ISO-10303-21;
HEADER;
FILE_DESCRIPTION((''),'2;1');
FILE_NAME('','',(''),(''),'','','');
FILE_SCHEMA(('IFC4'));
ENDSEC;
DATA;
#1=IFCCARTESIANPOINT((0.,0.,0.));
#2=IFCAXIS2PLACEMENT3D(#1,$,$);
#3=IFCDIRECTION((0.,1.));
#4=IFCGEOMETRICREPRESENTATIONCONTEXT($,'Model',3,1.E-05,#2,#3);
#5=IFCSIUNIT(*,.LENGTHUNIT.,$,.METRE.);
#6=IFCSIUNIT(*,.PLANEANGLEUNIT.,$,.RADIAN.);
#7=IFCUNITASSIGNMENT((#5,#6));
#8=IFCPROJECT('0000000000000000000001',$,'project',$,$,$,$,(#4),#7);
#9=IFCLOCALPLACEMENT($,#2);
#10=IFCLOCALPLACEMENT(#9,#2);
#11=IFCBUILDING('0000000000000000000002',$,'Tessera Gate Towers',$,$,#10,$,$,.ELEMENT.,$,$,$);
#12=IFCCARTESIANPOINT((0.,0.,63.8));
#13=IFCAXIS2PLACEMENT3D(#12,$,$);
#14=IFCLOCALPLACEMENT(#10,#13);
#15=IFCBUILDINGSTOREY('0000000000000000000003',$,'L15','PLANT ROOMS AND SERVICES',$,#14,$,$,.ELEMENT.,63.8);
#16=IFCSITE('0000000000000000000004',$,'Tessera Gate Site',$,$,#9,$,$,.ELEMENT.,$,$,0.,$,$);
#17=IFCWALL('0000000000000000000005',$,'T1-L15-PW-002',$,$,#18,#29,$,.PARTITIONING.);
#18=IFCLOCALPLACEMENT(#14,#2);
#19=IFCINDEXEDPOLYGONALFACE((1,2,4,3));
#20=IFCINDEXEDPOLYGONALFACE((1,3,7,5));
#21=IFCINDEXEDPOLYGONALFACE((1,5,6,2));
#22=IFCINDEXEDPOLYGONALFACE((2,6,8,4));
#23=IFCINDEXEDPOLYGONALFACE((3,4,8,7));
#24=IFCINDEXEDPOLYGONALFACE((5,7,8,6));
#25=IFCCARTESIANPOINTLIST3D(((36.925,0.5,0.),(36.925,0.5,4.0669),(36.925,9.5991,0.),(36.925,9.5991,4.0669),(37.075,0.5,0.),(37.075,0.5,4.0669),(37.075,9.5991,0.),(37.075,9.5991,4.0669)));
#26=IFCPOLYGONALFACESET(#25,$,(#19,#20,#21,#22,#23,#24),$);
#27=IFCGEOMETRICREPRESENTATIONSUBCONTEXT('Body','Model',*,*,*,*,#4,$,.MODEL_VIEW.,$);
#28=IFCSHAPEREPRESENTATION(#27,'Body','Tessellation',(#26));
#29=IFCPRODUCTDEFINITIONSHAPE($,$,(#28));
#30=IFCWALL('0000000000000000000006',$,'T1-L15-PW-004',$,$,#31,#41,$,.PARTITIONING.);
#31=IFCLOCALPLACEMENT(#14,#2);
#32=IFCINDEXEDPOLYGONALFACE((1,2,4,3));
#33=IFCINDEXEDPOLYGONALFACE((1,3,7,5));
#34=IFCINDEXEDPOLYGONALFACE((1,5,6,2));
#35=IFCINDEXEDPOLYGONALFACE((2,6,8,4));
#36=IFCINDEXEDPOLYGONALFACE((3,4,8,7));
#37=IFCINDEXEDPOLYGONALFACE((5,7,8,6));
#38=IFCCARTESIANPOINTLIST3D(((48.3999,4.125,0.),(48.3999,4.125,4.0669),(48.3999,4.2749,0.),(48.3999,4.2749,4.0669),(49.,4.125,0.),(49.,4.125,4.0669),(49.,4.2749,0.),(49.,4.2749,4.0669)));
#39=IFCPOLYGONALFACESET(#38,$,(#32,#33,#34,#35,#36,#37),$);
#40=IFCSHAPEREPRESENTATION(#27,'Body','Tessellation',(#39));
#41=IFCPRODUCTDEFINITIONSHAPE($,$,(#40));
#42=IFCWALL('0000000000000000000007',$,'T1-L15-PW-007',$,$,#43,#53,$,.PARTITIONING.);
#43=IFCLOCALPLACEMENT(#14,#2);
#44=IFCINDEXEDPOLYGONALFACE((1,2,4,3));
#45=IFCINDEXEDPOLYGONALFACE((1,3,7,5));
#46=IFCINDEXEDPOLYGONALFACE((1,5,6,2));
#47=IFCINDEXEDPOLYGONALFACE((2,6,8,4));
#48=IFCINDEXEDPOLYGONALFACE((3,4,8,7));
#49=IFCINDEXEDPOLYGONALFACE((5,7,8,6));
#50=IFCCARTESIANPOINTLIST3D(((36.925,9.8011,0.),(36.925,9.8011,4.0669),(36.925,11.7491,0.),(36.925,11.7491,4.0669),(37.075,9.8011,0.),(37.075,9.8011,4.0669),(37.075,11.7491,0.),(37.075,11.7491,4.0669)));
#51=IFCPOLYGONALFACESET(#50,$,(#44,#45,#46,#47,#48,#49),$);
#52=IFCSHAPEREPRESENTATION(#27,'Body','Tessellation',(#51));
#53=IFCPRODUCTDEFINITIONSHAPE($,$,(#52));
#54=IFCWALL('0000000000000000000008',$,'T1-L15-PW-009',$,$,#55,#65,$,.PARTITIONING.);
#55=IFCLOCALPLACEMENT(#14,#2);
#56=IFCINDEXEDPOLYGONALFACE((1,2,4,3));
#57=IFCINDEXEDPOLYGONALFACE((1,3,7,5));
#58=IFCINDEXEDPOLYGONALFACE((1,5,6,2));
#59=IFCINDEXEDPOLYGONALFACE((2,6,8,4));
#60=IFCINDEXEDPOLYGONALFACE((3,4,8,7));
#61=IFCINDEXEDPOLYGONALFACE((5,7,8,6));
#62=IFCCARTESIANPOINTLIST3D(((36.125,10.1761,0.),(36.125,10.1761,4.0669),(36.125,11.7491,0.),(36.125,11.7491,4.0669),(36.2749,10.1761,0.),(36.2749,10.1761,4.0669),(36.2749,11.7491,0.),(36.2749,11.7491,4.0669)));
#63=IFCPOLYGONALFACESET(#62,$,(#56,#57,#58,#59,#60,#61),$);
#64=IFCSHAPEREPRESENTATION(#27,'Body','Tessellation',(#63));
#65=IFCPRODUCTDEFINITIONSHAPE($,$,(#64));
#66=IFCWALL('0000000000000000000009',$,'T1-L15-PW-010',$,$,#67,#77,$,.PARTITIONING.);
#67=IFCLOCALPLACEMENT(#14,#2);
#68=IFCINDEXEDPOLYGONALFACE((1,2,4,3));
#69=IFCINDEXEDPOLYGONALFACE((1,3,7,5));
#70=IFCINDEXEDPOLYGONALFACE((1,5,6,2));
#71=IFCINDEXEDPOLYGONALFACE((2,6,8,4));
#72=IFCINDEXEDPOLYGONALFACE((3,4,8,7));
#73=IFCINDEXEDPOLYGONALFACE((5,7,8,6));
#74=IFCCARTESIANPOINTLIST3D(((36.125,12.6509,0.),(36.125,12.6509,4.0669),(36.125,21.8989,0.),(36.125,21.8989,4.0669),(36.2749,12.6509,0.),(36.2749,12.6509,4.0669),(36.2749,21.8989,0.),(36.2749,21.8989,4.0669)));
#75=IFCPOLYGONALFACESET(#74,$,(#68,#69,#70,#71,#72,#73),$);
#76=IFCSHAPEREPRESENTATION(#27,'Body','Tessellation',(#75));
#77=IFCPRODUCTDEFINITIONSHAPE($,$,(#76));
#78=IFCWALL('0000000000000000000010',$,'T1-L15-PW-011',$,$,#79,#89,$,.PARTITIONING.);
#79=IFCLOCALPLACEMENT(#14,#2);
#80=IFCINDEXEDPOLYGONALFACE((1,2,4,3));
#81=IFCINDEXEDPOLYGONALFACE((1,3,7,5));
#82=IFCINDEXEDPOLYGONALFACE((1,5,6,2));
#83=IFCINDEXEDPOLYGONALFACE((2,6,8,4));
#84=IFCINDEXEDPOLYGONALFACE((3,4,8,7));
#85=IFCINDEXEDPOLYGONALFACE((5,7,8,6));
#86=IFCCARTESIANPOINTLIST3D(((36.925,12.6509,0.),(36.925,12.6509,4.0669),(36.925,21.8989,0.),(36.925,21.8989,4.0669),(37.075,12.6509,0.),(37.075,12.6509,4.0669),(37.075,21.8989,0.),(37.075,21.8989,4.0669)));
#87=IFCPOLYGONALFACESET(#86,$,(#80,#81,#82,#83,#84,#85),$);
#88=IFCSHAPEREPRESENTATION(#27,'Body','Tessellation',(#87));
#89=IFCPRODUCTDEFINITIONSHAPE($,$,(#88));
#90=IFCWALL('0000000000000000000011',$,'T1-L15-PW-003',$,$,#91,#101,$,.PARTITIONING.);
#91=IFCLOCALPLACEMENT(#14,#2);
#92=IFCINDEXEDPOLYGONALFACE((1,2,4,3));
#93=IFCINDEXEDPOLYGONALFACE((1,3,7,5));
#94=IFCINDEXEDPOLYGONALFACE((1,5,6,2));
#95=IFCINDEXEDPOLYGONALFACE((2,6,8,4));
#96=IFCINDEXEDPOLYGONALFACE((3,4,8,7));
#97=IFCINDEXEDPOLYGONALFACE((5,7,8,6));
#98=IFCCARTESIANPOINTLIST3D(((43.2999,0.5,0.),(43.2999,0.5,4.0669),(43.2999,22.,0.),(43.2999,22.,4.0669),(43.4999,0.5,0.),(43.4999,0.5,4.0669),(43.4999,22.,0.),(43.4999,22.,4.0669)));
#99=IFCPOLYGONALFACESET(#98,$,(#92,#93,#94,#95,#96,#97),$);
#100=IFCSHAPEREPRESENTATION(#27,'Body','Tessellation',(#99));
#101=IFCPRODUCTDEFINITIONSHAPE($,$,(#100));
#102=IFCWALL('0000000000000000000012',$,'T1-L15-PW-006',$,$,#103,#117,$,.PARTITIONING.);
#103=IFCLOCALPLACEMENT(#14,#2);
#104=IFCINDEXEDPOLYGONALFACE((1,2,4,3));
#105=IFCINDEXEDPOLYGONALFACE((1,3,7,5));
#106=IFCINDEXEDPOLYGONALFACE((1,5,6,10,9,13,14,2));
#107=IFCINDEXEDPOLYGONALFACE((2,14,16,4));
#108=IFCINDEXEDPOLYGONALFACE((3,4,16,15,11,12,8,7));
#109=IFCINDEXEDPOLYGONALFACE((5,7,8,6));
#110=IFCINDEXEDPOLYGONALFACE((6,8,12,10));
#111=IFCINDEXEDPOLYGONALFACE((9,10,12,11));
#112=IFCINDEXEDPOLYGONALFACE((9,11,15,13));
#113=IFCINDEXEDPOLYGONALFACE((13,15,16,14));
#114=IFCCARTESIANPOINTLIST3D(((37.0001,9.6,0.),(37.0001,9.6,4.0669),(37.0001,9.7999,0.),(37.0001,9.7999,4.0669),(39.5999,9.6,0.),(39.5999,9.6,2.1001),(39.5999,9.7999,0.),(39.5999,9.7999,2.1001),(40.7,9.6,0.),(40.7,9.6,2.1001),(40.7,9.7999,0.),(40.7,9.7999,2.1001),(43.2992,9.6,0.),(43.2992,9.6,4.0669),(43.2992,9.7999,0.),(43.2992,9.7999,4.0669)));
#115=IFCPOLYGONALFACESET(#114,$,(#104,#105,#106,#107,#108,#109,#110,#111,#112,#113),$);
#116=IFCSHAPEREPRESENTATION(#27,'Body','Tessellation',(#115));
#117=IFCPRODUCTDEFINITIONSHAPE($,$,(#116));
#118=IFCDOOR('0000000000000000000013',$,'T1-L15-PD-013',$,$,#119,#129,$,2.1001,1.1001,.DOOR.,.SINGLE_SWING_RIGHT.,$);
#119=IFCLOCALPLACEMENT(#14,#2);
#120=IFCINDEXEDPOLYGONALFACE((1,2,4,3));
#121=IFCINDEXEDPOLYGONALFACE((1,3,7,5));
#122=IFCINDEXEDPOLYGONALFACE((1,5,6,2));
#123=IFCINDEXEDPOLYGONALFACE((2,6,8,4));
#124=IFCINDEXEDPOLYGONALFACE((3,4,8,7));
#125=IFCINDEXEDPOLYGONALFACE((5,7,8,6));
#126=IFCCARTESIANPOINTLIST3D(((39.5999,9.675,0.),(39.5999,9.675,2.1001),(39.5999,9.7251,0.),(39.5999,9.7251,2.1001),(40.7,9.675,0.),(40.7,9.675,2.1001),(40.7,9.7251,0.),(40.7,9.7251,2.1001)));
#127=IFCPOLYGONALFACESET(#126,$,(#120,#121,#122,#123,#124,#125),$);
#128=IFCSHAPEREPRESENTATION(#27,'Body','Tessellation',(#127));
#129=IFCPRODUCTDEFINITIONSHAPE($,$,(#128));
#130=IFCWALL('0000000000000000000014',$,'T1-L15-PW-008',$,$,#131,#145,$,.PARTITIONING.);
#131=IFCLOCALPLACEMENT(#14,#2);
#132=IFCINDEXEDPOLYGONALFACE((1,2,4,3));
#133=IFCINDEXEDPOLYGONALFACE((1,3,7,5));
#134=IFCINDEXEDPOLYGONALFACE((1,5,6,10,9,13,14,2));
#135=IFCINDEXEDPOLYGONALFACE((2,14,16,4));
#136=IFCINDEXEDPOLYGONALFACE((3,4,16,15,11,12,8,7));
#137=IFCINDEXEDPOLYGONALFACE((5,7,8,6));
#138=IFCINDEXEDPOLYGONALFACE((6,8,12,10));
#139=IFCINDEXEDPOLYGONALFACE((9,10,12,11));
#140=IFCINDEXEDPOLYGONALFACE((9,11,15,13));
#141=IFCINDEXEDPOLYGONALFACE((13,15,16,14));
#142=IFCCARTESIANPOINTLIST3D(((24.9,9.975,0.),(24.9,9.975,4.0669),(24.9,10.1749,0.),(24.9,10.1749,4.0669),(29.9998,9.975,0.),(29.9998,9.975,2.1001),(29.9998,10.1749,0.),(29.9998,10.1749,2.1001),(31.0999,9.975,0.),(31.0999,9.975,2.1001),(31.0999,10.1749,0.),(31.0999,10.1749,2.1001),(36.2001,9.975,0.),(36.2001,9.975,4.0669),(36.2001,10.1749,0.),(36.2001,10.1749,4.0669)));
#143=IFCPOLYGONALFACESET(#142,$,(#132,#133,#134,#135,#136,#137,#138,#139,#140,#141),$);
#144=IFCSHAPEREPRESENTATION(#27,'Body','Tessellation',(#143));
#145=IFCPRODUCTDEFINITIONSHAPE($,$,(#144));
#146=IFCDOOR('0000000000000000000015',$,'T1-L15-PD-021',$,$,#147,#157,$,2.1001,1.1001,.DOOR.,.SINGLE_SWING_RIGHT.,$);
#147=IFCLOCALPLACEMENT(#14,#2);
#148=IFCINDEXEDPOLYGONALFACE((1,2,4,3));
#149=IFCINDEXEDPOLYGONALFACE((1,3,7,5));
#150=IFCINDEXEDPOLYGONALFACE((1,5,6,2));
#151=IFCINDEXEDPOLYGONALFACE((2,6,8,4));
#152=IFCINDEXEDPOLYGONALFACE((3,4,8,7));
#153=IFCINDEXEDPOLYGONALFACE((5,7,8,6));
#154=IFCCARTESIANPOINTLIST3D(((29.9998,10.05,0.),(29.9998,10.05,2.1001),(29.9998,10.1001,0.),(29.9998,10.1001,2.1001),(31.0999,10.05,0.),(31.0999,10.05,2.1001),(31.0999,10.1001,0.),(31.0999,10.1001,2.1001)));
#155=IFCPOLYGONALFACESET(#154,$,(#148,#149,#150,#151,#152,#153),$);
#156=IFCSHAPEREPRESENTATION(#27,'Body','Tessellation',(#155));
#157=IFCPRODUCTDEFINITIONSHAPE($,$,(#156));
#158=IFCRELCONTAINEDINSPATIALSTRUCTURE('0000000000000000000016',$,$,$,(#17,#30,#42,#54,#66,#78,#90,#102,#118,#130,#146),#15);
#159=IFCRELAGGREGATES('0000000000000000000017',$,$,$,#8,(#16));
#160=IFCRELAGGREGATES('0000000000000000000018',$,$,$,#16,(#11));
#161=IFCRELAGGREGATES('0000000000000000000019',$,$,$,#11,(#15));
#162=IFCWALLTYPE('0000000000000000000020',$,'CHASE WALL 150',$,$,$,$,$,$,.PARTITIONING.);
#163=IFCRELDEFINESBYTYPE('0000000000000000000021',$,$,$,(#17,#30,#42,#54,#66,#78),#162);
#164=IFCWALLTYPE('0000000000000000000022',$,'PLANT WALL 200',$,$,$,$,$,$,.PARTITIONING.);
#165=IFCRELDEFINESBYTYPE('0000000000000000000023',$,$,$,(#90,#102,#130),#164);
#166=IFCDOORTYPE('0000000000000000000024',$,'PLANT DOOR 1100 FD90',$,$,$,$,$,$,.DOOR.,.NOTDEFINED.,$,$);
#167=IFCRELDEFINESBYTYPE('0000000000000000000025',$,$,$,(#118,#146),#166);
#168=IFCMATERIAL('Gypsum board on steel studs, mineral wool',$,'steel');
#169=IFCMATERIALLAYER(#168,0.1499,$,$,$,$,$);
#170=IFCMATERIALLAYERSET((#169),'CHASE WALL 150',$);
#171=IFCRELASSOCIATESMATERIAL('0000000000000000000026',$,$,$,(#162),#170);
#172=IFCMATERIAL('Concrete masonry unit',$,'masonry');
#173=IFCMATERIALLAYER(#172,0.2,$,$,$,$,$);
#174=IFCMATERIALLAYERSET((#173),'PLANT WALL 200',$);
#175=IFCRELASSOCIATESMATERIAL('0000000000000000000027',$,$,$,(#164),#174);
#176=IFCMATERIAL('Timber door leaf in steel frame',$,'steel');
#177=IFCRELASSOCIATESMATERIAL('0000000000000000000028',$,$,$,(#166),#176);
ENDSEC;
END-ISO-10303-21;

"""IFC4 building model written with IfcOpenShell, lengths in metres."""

from ifc_helpers import new_model, si_unit, direction, frame, frame_2d, origin, place, context, subcontext, project, spatial, rectangle, extrude, source, transform, mapped, material, layer, layer_set, type_object, element, fill, save


model = new_model("IFC4")

# Units and contexts
model_context = context("Model", 3, precision=1e-05, world=origin(), true_north=direction((0.0, 1.0)))
body_context = subcontext(model_context, "Body", "Model", "MODEL_VIEW")
ifc_project = project(units=[si_unit("LENGTHUNIT", "METRE"), si_unit("PLANEANGLEUNIT", "RADIAN")], contexts=[model_context])

# Site, building, storey
site_placement = place(None, origin())
site = spatial("IfcSite", under=ifc_project, at=site_placement, Name="Tessera Gate Site", CompositionType="ELEMENT", RefElevation=0.0)
building_placement = place(site_placement, origin())
building = spatial("IfcBuilding", under=site, at=building_placement, Name="Tessera Gate Towers", CompositionType="ELEMENT")
storey_placement = place(building_placement, frame((0.0, 0.0, 63.8)))
storey = spatial("IfcBuildingStorey", under=building, at=storey_placement, Name="L15", Description="PLANT ROOMS AND SERVICES", CompositionType="ELEMENT", Elevation=63.8)

# Walls
ifc_material_1 = material(Name="Gypsum board on steel studs, mineral wool", Category="steel")
ifc_layer_1 = layer(ifc_material_1, 0.1499)
ifc_layer_set_1 = layer_set([ifc_layer_1], Name="CHASE WALL 150")
wall_type_1 = type_object("IfcWallType", Name="CHASE WALL 150", PredefinedType="PARTITIONING", material=ifc_layer_set_1)
wall_1_placement = place(storey_placement, frame((37.0, 0.5, 0.0), z_axis=(0.0, 0.0, 1.0), x_axis=(0.0, 1.0, 0.0)))
element("IfcWall", 1, at=wall_1_placement, inside=storey, type_object=wall_type_1, Name="T1-L15-PW-002", PredefinedType="PARTITIONING", context=body_context, shape_type="SweptSolid", body=[
    extrude(rectangle(XDim=9.0991, YDim=0.1499, at=frame_2d((4.5496, 0.0))), origin(), (0.0, 0.0, 1.0), 4.0669),
])
wall_2_placement = place(storey_placement, frame((48.3999, 4.2, 0.0), z_axis=(0.0, 0.0, 1.0), x_axis=(1.0, 0.0, 0.0)))
element("IfcWall", 2, at=wall_2_placement, inside=storey, type_object=wall_type_1, Name="T1-L15-PW-004", PredefinedType="PARTITIONING", context=body_context, shape_type="SweptSolid", body=[
    extrude(rectangle(XDim=0.6001, YDim=0.1499, at=frame_2d((0.3, 0.0))), origin(), (0.0, 0.0, 1.0), 4.0669),
])
wall_3_placement = place(storey_placement, frame((37.0, 9.801, 0.0), z_axis=(0.0, 0.0, 1.0), x_axis=(0.0, 1.0, 0.0)))
element("IfcWall", 3, at=wall_3_placement, inside=storey, type_object=wall_type_1, Name="T1-L15-PW-007", PredefinedType="PARTITIONING", context=body_context, shape_type="SweptSolid", body=[
    extrude(rectangle(XDim=1.948, YDim=0.1499, at=frame_2d((0.9741, 0.0))), origin(), (0.0, 0.0, 1.0), 4.0669),
])
wall_4_placement = place(storey_placement, frame((36.2, 10.176, 0.0), z_axis=(0.0, 0.0, 1.0), x_axis=(0.0, 1.0, 0.0)))
element("IfcWall", 4, at=wall_4_placement, inside=storey, type_object=wall_type_1, Name="T1-L15-PW-009", PredefinedType="PARTITIONING", context=body_context, shape_type="SweptSolid", body=[
    extrude(rectangle(XDim=1.573, YDim=0.1499, at=frame_2d((0.7866, 0.0))), origin(), (0.0, 0.0, 1.0), 4.0669),
])
for number, where, z_axis, x_axis, name in (
    (5, (36.2, 12.6509, 0.0), (0.0, 0.0, 1.0), (0.0, 1.0, 0.0), "T1-L15-PW-010"),
    (6, (37.0, 12.6509, 0.0), (0.0, 0.0, 1.0), (0.0, 1.0, 0.0), "T1-L15-PW-011"),
):
    element("IfcWall", number, at=place(storey_placement, frame(where, z_axis=z_axis, x_axis=x_axis)), inside=storey, type_object=wall_type_1, Name=name, PredefinedType="PARTITIONING", context=body_context, shape_type="SweptSolid", body=[
        extrude(rectangle(XDim=9.248, YDim=0.1499, at=frame_2d((4.624, 0.0))), origin(), (0.0, 0.0, 1.0), 4.0669),
    ])
ifc_material_2 = material(Name="Concrete masonry unit", Category="masonry")
ifc_layer_2 = layer(ifc_material_2, 0.2)
ifc_layer_set_2 = layer_set([ifc_layer_2], Name="PLANT WALL 200")
wall_type_2 = type_object("IfcWallType", Name="PLANT WALL 200", PredefinedType="PARTITIONING", material=ifc_layer_set_2)
wall_5_placement = place(storey_placement, frame((43.3999, 0.5, 0.0), z_axis=(0.0, 0.0, 1.0), x_axis=(0.0, 1.0, 0.0)))
element("IfcWall", 7, at=wall_5_placement, inside=storey, type_object=wall_type_2, Name="T1-L15-PW-003", PredefinedType="PARTITIONING", context=body_context, shape_type="SweptSolid", body=[
    extrude(rectangle(XDim=21.5, YDim=0.2, at=frame_2d((10.75, 0.0))), origin(), (0.0, 0.0, 1.0), 4.0669),
])

# Walls, openings, doors
wall_6_placement = place(storey_placement, frame((43.2991, 9.7, 0.0), z_axis=(0.0, 0.0, 1.0), x_axis=(-1.0, 0.0, 0.0)))
wall_6 = element("IfcWall", 8, at=wall_6_placement, inside=storey, type_object=wall_type_2, Name="T1-L15-PW-006", PredefinedType="PARTITIONING", context=body_context, shape_type="SweptSolid", body=[
    extrude(rectangle(XDim=6.2991, YDim=0.2, at=frame_2d((3.1494, 0.0))), origin(), (0.0, 0.0, 1.0), 4.0669),
])
shared_shape_1 = source(origin(), body_context, "Body", "SweptSolid", [
    extrude(rectangle(XDim=1.1001, YDim=2.1001, at=frame_2d((0.55, 1.05))), frame((0.0, 0.1099, 0.0), z_axis=(0.0, -1.0, 0.0), x_axis=(1.0, 0.0, 0.0)), (0.0, 0.0, 1.0), 0.22),
])
opening_1_placement = place(wall_6_placement, frame((2.5991, 0.0, 0.0)))
opening_1 = element("IfcOpeningElement", 9, at=opening_1_placement, cuts=wall_6, PredefinedType="OPENING", context=body_context, shape_type="MappedRepresentation", body=[
    mapped(shared_shape_1, transform((0.0, 0.0, 0.0), scale=1.0)),
])
ifc_material_3 = material(Name="Timber door leaf in steel frame", Category="steel")
door_type = type_object("IfcDoorType", Name="PLANT DOOR 1100 FD90", OperationType="NOTDEFINED", PredefinedType="DOOR", material=ifc_material_3)
shared_shape_2 = source(origin(), body_context, "Body", "SweptSolid", [
    extrude(rectangle(XDim=1.1001, YDim=2.1001, at=frame_2d((0.55, 1.05))), frame((0.0, 0.0249, 0.0), z_axis=(0.0, -1.0, 0.0), x_axis=(1.0, 0.0, 0.0)), (0.0, 0.0, 1.0), 0.05),
])
door_1_placement = place(opening_1_placement, origin())
door_1 = element("IfcDoor", 10, at=door_1_placement, inside=storey, type_object=door_type, Name="T1-L15-PD-013", OperationType="SINGLE_SWING_RIGHT", OverallHeight=2.1001, OverallWidth=1.1001, PredefinedType="DOOR", context=body_context, shape_type="MappedRepresentation", body=[
    mapped(shared_shape_2, transform((0.0, 0.0, 0.0), scale=1.0)),
])
fill(opening_1, door_1)
wall_7_placement = place(storey_placement, frame((36.2, 10.075, 0.0), z_axis=(0.0, 0.0, 1.0), x_axis=(-1.0, 0.0, 0.0)))
wall_7 = element("IfcWall", 11, at=wall_7_placement, inside=storey, type_object=wall_type_2, Name="T1-L15-PW-008", PredefinedType="PARTITIONING", context=body_context, shape_type="SweptSolid", body=[
    extrude(rectangle(XDim=11.3, YDim=0.2, at=frame_2d((5.6499, 0.0))), origin(), (0.0, 0.0, 1.0), 4.0669),
])
opening_2_placement = place(wall_7_placement, frame((5.1001, 0.0, 0.0)))
opening_2 = element("IfcOpeningElement", 12, at=opening_2_placement, cuts=wall_7, PredefinedType="OPENING", context=body_context, shape_type="MappedRepresentation", body=[
    mapped(shared_shape_1, transform((0.0, 0.0, 0.0), scale=1.0)),
])
door_2_placement = place(opening_2_placement, origin())
door_2 = element("IfcDoor", 13, at=door_2_placement, inside=storey, type_object=door_type, Name="T1-L15-PD-021", OperationType="SINGLE_SWING_RIGHT", OverallHeight=2.1001, OverallWidth=1.1001, PredefinedType="DOOR", context=body_context, shape_type="MappedRepresentation", body=[
    mapped(shared_shape_2, transform((0.0, 0.0, 0.0), scale=1.0)),
])
fill(opening_2, door_2)

save(model, "model.ifc")
